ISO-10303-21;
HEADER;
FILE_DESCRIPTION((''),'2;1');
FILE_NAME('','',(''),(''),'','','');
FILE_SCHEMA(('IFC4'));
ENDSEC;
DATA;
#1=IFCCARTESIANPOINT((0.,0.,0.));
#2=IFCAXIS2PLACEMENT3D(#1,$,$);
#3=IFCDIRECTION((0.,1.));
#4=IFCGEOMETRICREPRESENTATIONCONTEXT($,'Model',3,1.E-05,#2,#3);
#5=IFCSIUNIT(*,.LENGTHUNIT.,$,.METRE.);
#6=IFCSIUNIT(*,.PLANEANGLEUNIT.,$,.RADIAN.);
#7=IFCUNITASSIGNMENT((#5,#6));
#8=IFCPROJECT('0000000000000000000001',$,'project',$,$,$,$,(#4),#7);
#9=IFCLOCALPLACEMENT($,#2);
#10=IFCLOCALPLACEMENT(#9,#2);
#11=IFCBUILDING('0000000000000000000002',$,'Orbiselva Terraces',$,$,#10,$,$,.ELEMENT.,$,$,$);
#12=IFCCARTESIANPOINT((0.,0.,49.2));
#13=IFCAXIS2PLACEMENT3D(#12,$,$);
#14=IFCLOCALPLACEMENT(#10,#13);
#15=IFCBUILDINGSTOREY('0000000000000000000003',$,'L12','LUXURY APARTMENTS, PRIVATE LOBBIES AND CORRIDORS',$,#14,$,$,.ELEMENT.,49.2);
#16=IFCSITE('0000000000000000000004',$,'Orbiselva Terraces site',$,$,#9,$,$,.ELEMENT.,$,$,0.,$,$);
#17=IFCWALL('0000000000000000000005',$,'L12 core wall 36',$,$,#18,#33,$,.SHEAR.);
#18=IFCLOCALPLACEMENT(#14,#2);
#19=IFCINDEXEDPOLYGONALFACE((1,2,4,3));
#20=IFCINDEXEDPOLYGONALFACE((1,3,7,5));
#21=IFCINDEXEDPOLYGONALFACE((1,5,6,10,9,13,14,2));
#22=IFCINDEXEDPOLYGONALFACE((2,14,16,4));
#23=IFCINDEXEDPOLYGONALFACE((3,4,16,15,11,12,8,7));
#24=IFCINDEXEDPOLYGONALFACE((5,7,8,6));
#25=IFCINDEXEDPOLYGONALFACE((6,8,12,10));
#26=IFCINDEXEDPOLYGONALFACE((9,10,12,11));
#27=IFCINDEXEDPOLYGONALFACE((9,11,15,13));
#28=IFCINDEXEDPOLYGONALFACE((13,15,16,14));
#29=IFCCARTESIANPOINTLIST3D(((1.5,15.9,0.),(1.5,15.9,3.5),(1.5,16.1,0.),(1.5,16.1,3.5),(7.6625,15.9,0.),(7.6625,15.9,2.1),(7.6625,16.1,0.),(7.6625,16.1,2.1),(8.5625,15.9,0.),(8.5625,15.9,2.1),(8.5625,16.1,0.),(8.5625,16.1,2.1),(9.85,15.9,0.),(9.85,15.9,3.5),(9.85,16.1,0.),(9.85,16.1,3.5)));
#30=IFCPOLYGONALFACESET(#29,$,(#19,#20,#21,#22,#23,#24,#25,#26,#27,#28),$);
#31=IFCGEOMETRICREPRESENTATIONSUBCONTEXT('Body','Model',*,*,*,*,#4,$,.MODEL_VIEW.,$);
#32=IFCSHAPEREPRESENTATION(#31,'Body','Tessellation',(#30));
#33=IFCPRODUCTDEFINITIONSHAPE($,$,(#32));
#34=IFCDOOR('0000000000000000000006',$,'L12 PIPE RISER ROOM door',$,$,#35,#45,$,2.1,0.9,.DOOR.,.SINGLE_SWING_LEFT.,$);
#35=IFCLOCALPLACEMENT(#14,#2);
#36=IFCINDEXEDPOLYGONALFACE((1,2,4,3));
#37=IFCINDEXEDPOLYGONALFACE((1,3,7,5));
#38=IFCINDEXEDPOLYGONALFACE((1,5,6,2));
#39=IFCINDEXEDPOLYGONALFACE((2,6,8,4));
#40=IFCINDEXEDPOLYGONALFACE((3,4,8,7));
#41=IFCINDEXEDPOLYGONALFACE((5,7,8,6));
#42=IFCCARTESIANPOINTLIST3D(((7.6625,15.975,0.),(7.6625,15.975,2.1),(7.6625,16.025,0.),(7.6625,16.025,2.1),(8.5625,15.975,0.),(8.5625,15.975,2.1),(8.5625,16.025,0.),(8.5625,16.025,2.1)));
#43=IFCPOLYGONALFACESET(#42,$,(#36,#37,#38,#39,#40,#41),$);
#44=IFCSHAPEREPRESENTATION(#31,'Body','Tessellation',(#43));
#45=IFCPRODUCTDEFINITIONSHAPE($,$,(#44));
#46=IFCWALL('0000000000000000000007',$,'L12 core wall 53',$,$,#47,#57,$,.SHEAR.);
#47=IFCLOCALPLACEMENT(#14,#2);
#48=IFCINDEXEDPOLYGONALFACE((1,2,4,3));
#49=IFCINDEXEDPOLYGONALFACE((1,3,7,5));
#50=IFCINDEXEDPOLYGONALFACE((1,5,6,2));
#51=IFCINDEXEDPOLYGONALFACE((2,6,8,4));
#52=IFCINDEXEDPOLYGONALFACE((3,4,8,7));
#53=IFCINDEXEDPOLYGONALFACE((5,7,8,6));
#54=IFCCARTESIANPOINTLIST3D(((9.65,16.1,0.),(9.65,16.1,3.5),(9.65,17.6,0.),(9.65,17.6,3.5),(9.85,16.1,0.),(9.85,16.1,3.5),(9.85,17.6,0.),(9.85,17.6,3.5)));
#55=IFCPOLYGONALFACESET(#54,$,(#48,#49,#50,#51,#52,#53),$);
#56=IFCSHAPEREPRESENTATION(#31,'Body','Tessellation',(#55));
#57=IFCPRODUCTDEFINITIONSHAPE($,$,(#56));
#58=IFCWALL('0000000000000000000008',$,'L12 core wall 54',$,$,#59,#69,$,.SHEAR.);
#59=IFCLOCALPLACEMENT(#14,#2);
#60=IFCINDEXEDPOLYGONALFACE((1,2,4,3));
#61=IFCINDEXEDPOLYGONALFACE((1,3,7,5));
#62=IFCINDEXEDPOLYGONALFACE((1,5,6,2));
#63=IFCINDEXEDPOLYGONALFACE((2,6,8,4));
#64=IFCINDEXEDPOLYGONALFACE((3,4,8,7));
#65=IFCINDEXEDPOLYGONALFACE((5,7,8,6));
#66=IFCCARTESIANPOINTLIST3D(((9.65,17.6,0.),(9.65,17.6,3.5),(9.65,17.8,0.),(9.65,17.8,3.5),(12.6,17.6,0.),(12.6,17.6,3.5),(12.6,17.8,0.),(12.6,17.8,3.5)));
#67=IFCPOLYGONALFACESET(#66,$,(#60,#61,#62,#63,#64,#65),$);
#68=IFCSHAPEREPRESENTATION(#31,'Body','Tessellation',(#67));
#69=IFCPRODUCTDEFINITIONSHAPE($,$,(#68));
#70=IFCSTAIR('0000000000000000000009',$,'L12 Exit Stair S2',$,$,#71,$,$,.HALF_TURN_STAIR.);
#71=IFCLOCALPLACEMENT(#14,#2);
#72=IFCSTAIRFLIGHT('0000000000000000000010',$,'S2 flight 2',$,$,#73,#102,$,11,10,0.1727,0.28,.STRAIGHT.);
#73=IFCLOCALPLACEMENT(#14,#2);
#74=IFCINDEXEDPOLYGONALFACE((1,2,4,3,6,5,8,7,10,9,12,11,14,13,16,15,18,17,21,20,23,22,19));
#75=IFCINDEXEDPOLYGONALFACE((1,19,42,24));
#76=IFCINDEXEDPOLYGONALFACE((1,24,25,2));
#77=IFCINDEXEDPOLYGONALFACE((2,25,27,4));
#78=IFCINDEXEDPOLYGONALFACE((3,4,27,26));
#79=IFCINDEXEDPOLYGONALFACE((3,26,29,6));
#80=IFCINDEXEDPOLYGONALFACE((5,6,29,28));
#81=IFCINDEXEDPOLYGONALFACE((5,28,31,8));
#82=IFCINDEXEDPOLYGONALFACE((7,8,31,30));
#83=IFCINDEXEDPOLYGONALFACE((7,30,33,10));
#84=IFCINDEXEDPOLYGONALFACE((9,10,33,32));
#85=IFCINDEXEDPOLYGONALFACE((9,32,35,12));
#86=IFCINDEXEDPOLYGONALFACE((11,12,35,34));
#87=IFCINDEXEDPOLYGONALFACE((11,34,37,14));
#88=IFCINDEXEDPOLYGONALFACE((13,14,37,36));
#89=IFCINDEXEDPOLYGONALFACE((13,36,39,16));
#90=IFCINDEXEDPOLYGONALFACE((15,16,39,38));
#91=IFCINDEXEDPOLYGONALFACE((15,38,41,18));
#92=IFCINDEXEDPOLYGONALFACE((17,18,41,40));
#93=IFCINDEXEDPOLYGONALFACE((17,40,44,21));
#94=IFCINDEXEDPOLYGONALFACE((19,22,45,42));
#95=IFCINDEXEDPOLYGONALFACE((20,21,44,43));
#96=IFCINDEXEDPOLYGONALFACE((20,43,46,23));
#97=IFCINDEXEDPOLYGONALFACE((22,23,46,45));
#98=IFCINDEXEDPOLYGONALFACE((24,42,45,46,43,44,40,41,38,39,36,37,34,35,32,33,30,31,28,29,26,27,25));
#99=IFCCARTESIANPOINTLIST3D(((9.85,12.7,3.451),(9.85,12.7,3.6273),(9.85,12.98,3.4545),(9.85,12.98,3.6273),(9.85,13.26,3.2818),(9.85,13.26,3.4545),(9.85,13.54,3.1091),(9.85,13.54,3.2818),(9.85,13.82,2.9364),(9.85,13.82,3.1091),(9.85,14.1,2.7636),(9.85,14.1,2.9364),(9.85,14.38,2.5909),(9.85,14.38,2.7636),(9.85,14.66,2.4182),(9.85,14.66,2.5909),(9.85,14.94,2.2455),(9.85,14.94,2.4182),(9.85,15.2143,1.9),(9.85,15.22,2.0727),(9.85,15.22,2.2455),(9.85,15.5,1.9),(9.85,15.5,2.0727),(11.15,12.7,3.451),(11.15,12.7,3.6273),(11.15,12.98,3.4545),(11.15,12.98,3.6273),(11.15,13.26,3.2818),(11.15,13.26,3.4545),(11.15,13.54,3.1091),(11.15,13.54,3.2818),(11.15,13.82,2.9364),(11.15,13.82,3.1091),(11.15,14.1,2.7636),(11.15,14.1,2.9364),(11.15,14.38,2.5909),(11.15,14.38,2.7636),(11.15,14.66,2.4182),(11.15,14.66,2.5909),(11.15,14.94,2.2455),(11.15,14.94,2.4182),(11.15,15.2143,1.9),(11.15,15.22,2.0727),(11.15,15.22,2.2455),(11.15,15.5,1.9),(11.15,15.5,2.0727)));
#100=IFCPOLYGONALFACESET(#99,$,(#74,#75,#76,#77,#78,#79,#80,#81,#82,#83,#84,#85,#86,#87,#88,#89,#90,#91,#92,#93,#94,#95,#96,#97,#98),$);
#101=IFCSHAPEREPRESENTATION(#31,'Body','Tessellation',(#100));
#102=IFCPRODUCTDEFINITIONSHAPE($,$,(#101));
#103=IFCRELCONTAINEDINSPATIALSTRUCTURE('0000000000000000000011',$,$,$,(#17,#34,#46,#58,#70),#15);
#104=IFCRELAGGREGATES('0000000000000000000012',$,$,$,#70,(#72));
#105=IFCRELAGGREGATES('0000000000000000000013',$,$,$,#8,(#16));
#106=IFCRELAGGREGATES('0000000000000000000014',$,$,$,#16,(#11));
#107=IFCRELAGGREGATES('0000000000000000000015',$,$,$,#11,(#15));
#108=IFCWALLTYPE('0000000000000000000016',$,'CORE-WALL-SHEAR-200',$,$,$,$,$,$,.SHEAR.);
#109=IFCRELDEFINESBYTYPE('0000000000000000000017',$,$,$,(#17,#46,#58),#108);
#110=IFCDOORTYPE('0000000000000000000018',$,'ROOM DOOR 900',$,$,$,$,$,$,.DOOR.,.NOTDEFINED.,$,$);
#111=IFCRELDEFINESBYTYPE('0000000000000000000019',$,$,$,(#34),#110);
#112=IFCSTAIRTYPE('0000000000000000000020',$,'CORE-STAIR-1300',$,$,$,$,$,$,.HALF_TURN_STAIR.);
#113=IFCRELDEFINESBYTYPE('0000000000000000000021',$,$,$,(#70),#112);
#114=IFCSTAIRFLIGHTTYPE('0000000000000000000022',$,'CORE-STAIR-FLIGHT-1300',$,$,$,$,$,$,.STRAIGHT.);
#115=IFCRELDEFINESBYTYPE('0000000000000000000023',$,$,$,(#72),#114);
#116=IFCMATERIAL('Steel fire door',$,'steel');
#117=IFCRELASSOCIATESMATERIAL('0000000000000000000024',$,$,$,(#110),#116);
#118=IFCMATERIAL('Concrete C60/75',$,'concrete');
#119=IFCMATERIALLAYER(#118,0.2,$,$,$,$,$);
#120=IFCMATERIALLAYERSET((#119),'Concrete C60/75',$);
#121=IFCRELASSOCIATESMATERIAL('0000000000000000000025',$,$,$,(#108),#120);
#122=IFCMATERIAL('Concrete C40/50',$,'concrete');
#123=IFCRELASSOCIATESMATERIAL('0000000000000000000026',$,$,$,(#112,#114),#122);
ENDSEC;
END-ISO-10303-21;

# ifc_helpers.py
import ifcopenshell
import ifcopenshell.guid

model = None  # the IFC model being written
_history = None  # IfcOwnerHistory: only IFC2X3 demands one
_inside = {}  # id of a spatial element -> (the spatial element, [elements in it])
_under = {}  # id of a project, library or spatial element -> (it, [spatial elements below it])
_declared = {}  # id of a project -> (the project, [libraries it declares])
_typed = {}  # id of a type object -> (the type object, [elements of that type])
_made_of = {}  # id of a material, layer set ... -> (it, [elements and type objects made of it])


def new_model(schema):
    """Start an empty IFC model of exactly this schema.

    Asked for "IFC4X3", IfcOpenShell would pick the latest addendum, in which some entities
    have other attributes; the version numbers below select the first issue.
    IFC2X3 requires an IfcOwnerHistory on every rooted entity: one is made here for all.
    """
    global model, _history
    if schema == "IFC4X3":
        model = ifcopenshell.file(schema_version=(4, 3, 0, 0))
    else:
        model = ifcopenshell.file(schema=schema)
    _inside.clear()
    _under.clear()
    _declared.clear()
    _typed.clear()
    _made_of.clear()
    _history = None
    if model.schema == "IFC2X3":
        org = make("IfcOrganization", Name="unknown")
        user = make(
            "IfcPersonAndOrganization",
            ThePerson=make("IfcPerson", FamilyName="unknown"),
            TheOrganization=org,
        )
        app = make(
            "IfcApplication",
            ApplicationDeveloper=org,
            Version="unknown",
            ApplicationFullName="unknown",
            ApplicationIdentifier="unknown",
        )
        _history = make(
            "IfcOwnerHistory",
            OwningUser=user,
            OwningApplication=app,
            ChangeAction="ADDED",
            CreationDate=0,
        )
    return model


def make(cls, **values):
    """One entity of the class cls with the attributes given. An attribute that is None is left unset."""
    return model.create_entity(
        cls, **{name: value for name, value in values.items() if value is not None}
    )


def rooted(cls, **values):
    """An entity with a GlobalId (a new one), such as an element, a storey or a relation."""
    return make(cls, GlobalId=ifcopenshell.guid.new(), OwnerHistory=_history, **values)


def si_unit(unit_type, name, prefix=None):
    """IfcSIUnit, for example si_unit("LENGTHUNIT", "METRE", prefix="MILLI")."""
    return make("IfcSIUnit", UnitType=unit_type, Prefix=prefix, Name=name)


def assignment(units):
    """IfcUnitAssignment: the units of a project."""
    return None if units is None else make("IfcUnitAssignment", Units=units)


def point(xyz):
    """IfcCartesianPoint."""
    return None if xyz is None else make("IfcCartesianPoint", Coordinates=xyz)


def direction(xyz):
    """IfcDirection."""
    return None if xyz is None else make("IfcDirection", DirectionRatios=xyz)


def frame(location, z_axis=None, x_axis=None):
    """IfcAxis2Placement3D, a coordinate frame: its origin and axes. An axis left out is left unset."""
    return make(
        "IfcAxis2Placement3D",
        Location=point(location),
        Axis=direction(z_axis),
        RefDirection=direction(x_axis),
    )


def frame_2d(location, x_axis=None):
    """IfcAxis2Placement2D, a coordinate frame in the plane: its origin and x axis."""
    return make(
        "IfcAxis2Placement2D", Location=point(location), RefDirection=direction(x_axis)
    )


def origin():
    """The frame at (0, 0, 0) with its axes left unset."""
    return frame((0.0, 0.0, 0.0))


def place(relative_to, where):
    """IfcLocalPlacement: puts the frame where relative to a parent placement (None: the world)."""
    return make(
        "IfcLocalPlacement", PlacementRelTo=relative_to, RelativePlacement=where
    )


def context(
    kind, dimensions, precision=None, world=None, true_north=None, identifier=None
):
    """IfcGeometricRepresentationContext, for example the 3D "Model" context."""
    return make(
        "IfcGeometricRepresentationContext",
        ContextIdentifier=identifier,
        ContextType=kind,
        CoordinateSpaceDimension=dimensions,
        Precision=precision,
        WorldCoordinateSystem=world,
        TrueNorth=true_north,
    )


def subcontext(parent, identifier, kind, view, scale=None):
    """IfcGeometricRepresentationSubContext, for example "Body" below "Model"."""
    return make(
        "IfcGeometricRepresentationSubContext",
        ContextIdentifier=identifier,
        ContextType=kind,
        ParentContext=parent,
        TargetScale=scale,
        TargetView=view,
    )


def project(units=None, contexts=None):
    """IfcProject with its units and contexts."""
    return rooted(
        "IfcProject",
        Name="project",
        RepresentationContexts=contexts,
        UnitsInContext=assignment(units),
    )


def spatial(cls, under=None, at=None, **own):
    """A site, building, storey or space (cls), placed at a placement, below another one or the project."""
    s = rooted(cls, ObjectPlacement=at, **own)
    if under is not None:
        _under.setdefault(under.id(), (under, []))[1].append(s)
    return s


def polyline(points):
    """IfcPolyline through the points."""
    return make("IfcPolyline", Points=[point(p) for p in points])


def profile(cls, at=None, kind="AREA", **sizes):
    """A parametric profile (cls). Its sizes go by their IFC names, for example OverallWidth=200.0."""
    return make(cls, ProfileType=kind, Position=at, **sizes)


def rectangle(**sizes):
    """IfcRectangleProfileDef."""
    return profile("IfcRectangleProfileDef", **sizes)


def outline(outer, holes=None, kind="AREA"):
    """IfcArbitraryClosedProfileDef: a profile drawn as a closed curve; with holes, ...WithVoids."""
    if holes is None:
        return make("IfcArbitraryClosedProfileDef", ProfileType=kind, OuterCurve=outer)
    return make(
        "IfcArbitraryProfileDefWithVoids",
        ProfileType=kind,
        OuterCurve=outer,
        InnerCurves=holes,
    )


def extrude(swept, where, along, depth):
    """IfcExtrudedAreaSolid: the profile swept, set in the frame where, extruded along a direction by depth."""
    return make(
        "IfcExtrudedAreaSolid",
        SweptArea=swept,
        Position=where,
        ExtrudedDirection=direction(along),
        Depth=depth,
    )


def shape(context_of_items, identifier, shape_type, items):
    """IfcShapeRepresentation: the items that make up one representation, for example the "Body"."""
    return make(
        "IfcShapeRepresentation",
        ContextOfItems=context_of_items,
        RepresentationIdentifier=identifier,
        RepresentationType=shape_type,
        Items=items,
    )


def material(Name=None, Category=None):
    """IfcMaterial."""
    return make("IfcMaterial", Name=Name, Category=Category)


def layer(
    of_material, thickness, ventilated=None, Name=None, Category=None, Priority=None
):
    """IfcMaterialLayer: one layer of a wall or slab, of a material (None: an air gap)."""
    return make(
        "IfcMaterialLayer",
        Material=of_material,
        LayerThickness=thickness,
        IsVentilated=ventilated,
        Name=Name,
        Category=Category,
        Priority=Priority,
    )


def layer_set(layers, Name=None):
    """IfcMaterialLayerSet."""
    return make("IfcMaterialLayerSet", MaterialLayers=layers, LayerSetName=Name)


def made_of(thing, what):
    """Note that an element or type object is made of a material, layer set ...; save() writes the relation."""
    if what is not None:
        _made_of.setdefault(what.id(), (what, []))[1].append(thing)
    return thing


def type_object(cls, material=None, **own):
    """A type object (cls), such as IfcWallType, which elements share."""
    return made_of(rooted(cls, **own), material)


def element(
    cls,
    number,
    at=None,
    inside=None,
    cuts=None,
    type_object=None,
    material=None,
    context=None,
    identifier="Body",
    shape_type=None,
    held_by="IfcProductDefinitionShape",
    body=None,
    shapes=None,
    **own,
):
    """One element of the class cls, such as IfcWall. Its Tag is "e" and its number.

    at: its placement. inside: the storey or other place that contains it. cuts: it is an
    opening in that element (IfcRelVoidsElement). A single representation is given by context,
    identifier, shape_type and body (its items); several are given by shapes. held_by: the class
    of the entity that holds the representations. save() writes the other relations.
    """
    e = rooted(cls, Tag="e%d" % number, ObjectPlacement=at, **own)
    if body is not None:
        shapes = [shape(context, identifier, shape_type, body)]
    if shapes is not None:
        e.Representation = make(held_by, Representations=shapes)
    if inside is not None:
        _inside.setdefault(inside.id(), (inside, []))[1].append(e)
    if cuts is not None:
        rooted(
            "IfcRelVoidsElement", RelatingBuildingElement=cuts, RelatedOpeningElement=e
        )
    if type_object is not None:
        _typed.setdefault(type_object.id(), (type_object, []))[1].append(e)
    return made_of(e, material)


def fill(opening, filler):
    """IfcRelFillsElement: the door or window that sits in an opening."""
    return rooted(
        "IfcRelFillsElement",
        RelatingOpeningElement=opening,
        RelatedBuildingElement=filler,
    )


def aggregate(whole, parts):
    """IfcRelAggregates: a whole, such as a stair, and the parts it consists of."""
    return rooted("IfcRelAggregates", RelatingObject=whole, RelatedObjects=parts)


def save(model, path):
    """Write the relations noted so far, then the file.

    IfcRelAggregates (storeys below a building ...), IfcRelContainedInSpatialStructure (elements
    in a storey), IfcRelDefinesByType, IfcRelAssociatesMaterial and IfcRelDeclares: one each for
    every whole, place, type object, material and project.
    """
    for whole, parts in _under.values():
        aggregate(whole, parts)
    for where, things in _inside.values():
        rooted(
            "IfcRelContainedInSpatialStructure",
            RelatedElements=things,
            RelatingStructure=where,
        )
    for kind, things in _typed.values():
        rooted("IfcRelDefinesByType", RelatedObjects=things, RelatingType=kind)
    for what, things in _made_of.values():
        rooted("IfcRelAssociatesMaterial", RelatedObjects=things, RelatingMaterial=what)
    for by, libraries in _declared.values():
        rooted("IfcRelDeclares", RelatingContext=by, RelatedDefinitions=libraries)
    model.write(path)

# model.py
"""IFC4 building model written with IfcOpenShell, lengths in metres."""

from ifc_helpers import new_model, si_unit, direction, frame, frame_2d, origin, place, context, subcontext, project, spatial, polyline, rectangle, outline, extrude, material, layer, layer_set, type_object, element, fill, aggregate, save


model = new_model("IFC4")

# Units and contexts
model_context = context("Model", 3, precision=1e-05, world=origin(), true_north=direction((0.0, 1.0)))
body_context = subcontext(model_context, "Body", "Model", "MODEL_VIEW")
ifc_project = project(units=[si_unit("LENGTHUNIT", "METRE"), si_unit("PLANEANGLEUNIT", "RADIAN")], contexts=[model_context])

# Site, building, storey
site_placement = place(None, origin())
site = spatial("IfcSite", under=ifc_project, at=site_placement, Name="Orbiselva Terraces site", CompositionType="ELEMENT", RefElevation=0.0)
building_placement = place(site_placement, origin())
building = spatial("IfcBuilding", under=site, at=building_placement, Name="Orbiselva Terraces", CompositionType="ELEMENT")
storey_placement = place(building_placement, frame((0.0, 0.0, 49.2)))
storey = spatial("IfcBuildingStorey", under=building, at=storey_placement, Name="L12", Description="LUXURY APARTMENTS, PRIVATE LOBBIES AND CORRIDORS", CompositionType="ELEMENT", Elevation=49.2)

# Shared definitions
ifc_material_1 = material(Name="Steel fire door", Category="steel")
door_type = type_object("IfcDoorType", Name="ROOM DOOR 900", OperationType="NOTDEFINED", PredefinedType="DOOR", material=ifc_material_1)

# Shared definitions
ifc_material_2 = material(Name="Concrete C40/50", Category="concrete")
ifc_material_3 = material(Name="Concrete C60/75", Category="concrete")
ifc_layer_1 = layer(ifc_material_3, 0.2)
ifc_layer_set_1 = layer_set([ifc_layer_1], Name="Concrete C60/75")
wall_type_1 = type_object("IfcWallType", Name="CORE-WALL-SHEAR-200", PredefinedType="SHEAR", material=ifc_layer_set_1)

# Wall, opening, door
wall_1_placement = place(storey_placement, frame((9.85, 16.0, 0.0), z_axis=(0.0, 0.0, 1.0), x_axis=(-1.0, 0.0, 0.0)))
wall_1 = element("IfcWall", 1, at=wall_1_placement, inside=storey, type_object=wall_type_1, Name="L12 core wall 36", PredefinedType="SHEAR", context=body_context, shape_type="SweptSolid", body=[
    extrude(rectangle(XDim=8.35, YDim=0.2, at=frame_2d((4.175, 0.0))), origin(), (0.0, 0.0, 1.0), 3.5),
])
opening_1_placement = place(wall_1_placement, frame((1.2875, 0.0, 0.0)))
opening_1 = element("IfcOpeningElement", 2, at=opening_1_placement, cuts=wall_1, PredefinedType="OPENING", context=body_context, shape_type="SweptSolid", body=[
    extrude(rectangle(XDim=0.9, YDim=2.1, at=frame_2d((0.45, 1.05))), frame((0.0, 0.11, 0.0), z_axis=(0.0, -1.0, 0.0), x_axis=(1.0, 0.0, 0.0)), (0.0, 0.0, 1.0), 0.22),
])
door_1_placement = place(opening_1_placement, origin())
door_1 = element("IfcDoor", 3, at=door_1_placement, inside=storey, type_object=door_type, Name="L12 PIPE RISER ROOM door", OperationType="SINGLE_SWING_LEFT", OverallHeight=2.1, OverallWidth=0.9, PredefinedType="DOOR", context=body_context, shape_type="SweptSolid", body=[
    extrude(rectangle(XDim=0.9, YDim=2.1, at=frame_2d((0.45, 1.05))), frame((0.0, 0.025, 0.0), z_axis=(0.0, -1.0, 0.0), x_axis=(1.0, 0.0, 0.0)), (0.0, 0.0, 1.0), 0.05),
])
fill(opening_1, door_1)

# Walls
wall_2_placement = place(storey_placement, frame((9.75, 16.1, 0.0), z_axis=(0.0, 0.0, 1.0), x_axis=(0.0, 1.0, 0.0)))
element("IfcWall", 4, at=wall_2_placement, inside=storey, type_object=wall_type_1, Name="L12 core wall 53", PredefinedType="SHEAR", context=body_context, shape_type="SweptSolid", body=[
    extrude(rectangle(XDim=1.5, YDim=0.2, at=frame_2d((0.75, 0.0))), origin(), (0.0, 0.0, 1.0), 3.5),
])
wall_3_placement = place(storey_placement, frame((9.65, 17.7, 0.0), z_axis=(0.0, 0.0, 1.0), x_axis=(1.0, 0.0, 0.0)))
element("IfcWall", 5, at=wall_3_placement, inside=storey, type_object=wall_type_1, Name="L12 core wall 54", PredefinedType="SHEAR", context=body_context, shape_type="SweptSolid", body=[
    extrude(rectangle(XDim=2.95, YDim=0.2, at=frame_2d((1.475, 0.0))), origin(), (0.0, 0.0, 1.0), 3.5),
])

# Stair, stair flight
stair_type = type_object("IfcStairType", Name="CORE-STAIR-1300", PredefinedType="HALF_TURN_STAIR", material=ifc_material_2)
stair_placement = place(storey_placement, origin())
stair = element("IfcStair", 6, at=stair_placement, inside=storey, type_object=stair_type, Name="L12 Exit Stair S2", PredefinedType="HALF_TURN_STAIR")
stair_flight_type = type_object("IfcStairFlightType", Name="CORE-STAIR-FLIGHT-1300", PredefinedType="STRAIGHT", material=ifc_material_2)
stair_flight_placement = place(storey_placement, frame((10.5, 15.5, 1.9), z_axis=(0.0, 0.0, 1.0), x_axis=(0.0, -1.0, 0.0)))
stair_flight = element("IfcStairFlight", 7, at=stair_flight_placement, type_object=stair_flight_type, Name="S2 flight 2", NumberOfRisers=11, NumberOfTreads=10, PredefinedType="STRAIGHT", RiserHeight=0.1727, TreadLength=0.28, context=body_context, shape_type="SweptSolid", body=[
    extrude(outline(polyline([(0.0, 0.0), (0.0, 0.1727), (0.28, 0.1727), (0.28, 0.3455), (0.56, 0.3455), (0.56, 0.5182), (0.84, 0.5182), (0.84, 0.6909), (1.12, 0.6909), (1.12, 0.8636), (1.4, 0.8636), (1.4, 1.0364), (1.68, 1.0364), (1.68, 1.2091), (1.96, 1.2091), (1.96, 1.3818), (2.24, 1.3818), (2.24, 1.5545), (2.52, 1.5545), (2.52, 1.7273), (2.8, 1.7273), (2.8, 1.9), (2.8, 1.551), (0.2857, 0.0), (0.0, 0.0)])), frame((0.0, 0.65, 0.0), z_axis=(0.0, -1.0, 0.0), x_axis=(1.0, 0.0, 0.0)), (0.0, 0.0, 1.0), 1.3),
])
aggregate(stair, [stair_flight])

save(model, "model.ifc")
